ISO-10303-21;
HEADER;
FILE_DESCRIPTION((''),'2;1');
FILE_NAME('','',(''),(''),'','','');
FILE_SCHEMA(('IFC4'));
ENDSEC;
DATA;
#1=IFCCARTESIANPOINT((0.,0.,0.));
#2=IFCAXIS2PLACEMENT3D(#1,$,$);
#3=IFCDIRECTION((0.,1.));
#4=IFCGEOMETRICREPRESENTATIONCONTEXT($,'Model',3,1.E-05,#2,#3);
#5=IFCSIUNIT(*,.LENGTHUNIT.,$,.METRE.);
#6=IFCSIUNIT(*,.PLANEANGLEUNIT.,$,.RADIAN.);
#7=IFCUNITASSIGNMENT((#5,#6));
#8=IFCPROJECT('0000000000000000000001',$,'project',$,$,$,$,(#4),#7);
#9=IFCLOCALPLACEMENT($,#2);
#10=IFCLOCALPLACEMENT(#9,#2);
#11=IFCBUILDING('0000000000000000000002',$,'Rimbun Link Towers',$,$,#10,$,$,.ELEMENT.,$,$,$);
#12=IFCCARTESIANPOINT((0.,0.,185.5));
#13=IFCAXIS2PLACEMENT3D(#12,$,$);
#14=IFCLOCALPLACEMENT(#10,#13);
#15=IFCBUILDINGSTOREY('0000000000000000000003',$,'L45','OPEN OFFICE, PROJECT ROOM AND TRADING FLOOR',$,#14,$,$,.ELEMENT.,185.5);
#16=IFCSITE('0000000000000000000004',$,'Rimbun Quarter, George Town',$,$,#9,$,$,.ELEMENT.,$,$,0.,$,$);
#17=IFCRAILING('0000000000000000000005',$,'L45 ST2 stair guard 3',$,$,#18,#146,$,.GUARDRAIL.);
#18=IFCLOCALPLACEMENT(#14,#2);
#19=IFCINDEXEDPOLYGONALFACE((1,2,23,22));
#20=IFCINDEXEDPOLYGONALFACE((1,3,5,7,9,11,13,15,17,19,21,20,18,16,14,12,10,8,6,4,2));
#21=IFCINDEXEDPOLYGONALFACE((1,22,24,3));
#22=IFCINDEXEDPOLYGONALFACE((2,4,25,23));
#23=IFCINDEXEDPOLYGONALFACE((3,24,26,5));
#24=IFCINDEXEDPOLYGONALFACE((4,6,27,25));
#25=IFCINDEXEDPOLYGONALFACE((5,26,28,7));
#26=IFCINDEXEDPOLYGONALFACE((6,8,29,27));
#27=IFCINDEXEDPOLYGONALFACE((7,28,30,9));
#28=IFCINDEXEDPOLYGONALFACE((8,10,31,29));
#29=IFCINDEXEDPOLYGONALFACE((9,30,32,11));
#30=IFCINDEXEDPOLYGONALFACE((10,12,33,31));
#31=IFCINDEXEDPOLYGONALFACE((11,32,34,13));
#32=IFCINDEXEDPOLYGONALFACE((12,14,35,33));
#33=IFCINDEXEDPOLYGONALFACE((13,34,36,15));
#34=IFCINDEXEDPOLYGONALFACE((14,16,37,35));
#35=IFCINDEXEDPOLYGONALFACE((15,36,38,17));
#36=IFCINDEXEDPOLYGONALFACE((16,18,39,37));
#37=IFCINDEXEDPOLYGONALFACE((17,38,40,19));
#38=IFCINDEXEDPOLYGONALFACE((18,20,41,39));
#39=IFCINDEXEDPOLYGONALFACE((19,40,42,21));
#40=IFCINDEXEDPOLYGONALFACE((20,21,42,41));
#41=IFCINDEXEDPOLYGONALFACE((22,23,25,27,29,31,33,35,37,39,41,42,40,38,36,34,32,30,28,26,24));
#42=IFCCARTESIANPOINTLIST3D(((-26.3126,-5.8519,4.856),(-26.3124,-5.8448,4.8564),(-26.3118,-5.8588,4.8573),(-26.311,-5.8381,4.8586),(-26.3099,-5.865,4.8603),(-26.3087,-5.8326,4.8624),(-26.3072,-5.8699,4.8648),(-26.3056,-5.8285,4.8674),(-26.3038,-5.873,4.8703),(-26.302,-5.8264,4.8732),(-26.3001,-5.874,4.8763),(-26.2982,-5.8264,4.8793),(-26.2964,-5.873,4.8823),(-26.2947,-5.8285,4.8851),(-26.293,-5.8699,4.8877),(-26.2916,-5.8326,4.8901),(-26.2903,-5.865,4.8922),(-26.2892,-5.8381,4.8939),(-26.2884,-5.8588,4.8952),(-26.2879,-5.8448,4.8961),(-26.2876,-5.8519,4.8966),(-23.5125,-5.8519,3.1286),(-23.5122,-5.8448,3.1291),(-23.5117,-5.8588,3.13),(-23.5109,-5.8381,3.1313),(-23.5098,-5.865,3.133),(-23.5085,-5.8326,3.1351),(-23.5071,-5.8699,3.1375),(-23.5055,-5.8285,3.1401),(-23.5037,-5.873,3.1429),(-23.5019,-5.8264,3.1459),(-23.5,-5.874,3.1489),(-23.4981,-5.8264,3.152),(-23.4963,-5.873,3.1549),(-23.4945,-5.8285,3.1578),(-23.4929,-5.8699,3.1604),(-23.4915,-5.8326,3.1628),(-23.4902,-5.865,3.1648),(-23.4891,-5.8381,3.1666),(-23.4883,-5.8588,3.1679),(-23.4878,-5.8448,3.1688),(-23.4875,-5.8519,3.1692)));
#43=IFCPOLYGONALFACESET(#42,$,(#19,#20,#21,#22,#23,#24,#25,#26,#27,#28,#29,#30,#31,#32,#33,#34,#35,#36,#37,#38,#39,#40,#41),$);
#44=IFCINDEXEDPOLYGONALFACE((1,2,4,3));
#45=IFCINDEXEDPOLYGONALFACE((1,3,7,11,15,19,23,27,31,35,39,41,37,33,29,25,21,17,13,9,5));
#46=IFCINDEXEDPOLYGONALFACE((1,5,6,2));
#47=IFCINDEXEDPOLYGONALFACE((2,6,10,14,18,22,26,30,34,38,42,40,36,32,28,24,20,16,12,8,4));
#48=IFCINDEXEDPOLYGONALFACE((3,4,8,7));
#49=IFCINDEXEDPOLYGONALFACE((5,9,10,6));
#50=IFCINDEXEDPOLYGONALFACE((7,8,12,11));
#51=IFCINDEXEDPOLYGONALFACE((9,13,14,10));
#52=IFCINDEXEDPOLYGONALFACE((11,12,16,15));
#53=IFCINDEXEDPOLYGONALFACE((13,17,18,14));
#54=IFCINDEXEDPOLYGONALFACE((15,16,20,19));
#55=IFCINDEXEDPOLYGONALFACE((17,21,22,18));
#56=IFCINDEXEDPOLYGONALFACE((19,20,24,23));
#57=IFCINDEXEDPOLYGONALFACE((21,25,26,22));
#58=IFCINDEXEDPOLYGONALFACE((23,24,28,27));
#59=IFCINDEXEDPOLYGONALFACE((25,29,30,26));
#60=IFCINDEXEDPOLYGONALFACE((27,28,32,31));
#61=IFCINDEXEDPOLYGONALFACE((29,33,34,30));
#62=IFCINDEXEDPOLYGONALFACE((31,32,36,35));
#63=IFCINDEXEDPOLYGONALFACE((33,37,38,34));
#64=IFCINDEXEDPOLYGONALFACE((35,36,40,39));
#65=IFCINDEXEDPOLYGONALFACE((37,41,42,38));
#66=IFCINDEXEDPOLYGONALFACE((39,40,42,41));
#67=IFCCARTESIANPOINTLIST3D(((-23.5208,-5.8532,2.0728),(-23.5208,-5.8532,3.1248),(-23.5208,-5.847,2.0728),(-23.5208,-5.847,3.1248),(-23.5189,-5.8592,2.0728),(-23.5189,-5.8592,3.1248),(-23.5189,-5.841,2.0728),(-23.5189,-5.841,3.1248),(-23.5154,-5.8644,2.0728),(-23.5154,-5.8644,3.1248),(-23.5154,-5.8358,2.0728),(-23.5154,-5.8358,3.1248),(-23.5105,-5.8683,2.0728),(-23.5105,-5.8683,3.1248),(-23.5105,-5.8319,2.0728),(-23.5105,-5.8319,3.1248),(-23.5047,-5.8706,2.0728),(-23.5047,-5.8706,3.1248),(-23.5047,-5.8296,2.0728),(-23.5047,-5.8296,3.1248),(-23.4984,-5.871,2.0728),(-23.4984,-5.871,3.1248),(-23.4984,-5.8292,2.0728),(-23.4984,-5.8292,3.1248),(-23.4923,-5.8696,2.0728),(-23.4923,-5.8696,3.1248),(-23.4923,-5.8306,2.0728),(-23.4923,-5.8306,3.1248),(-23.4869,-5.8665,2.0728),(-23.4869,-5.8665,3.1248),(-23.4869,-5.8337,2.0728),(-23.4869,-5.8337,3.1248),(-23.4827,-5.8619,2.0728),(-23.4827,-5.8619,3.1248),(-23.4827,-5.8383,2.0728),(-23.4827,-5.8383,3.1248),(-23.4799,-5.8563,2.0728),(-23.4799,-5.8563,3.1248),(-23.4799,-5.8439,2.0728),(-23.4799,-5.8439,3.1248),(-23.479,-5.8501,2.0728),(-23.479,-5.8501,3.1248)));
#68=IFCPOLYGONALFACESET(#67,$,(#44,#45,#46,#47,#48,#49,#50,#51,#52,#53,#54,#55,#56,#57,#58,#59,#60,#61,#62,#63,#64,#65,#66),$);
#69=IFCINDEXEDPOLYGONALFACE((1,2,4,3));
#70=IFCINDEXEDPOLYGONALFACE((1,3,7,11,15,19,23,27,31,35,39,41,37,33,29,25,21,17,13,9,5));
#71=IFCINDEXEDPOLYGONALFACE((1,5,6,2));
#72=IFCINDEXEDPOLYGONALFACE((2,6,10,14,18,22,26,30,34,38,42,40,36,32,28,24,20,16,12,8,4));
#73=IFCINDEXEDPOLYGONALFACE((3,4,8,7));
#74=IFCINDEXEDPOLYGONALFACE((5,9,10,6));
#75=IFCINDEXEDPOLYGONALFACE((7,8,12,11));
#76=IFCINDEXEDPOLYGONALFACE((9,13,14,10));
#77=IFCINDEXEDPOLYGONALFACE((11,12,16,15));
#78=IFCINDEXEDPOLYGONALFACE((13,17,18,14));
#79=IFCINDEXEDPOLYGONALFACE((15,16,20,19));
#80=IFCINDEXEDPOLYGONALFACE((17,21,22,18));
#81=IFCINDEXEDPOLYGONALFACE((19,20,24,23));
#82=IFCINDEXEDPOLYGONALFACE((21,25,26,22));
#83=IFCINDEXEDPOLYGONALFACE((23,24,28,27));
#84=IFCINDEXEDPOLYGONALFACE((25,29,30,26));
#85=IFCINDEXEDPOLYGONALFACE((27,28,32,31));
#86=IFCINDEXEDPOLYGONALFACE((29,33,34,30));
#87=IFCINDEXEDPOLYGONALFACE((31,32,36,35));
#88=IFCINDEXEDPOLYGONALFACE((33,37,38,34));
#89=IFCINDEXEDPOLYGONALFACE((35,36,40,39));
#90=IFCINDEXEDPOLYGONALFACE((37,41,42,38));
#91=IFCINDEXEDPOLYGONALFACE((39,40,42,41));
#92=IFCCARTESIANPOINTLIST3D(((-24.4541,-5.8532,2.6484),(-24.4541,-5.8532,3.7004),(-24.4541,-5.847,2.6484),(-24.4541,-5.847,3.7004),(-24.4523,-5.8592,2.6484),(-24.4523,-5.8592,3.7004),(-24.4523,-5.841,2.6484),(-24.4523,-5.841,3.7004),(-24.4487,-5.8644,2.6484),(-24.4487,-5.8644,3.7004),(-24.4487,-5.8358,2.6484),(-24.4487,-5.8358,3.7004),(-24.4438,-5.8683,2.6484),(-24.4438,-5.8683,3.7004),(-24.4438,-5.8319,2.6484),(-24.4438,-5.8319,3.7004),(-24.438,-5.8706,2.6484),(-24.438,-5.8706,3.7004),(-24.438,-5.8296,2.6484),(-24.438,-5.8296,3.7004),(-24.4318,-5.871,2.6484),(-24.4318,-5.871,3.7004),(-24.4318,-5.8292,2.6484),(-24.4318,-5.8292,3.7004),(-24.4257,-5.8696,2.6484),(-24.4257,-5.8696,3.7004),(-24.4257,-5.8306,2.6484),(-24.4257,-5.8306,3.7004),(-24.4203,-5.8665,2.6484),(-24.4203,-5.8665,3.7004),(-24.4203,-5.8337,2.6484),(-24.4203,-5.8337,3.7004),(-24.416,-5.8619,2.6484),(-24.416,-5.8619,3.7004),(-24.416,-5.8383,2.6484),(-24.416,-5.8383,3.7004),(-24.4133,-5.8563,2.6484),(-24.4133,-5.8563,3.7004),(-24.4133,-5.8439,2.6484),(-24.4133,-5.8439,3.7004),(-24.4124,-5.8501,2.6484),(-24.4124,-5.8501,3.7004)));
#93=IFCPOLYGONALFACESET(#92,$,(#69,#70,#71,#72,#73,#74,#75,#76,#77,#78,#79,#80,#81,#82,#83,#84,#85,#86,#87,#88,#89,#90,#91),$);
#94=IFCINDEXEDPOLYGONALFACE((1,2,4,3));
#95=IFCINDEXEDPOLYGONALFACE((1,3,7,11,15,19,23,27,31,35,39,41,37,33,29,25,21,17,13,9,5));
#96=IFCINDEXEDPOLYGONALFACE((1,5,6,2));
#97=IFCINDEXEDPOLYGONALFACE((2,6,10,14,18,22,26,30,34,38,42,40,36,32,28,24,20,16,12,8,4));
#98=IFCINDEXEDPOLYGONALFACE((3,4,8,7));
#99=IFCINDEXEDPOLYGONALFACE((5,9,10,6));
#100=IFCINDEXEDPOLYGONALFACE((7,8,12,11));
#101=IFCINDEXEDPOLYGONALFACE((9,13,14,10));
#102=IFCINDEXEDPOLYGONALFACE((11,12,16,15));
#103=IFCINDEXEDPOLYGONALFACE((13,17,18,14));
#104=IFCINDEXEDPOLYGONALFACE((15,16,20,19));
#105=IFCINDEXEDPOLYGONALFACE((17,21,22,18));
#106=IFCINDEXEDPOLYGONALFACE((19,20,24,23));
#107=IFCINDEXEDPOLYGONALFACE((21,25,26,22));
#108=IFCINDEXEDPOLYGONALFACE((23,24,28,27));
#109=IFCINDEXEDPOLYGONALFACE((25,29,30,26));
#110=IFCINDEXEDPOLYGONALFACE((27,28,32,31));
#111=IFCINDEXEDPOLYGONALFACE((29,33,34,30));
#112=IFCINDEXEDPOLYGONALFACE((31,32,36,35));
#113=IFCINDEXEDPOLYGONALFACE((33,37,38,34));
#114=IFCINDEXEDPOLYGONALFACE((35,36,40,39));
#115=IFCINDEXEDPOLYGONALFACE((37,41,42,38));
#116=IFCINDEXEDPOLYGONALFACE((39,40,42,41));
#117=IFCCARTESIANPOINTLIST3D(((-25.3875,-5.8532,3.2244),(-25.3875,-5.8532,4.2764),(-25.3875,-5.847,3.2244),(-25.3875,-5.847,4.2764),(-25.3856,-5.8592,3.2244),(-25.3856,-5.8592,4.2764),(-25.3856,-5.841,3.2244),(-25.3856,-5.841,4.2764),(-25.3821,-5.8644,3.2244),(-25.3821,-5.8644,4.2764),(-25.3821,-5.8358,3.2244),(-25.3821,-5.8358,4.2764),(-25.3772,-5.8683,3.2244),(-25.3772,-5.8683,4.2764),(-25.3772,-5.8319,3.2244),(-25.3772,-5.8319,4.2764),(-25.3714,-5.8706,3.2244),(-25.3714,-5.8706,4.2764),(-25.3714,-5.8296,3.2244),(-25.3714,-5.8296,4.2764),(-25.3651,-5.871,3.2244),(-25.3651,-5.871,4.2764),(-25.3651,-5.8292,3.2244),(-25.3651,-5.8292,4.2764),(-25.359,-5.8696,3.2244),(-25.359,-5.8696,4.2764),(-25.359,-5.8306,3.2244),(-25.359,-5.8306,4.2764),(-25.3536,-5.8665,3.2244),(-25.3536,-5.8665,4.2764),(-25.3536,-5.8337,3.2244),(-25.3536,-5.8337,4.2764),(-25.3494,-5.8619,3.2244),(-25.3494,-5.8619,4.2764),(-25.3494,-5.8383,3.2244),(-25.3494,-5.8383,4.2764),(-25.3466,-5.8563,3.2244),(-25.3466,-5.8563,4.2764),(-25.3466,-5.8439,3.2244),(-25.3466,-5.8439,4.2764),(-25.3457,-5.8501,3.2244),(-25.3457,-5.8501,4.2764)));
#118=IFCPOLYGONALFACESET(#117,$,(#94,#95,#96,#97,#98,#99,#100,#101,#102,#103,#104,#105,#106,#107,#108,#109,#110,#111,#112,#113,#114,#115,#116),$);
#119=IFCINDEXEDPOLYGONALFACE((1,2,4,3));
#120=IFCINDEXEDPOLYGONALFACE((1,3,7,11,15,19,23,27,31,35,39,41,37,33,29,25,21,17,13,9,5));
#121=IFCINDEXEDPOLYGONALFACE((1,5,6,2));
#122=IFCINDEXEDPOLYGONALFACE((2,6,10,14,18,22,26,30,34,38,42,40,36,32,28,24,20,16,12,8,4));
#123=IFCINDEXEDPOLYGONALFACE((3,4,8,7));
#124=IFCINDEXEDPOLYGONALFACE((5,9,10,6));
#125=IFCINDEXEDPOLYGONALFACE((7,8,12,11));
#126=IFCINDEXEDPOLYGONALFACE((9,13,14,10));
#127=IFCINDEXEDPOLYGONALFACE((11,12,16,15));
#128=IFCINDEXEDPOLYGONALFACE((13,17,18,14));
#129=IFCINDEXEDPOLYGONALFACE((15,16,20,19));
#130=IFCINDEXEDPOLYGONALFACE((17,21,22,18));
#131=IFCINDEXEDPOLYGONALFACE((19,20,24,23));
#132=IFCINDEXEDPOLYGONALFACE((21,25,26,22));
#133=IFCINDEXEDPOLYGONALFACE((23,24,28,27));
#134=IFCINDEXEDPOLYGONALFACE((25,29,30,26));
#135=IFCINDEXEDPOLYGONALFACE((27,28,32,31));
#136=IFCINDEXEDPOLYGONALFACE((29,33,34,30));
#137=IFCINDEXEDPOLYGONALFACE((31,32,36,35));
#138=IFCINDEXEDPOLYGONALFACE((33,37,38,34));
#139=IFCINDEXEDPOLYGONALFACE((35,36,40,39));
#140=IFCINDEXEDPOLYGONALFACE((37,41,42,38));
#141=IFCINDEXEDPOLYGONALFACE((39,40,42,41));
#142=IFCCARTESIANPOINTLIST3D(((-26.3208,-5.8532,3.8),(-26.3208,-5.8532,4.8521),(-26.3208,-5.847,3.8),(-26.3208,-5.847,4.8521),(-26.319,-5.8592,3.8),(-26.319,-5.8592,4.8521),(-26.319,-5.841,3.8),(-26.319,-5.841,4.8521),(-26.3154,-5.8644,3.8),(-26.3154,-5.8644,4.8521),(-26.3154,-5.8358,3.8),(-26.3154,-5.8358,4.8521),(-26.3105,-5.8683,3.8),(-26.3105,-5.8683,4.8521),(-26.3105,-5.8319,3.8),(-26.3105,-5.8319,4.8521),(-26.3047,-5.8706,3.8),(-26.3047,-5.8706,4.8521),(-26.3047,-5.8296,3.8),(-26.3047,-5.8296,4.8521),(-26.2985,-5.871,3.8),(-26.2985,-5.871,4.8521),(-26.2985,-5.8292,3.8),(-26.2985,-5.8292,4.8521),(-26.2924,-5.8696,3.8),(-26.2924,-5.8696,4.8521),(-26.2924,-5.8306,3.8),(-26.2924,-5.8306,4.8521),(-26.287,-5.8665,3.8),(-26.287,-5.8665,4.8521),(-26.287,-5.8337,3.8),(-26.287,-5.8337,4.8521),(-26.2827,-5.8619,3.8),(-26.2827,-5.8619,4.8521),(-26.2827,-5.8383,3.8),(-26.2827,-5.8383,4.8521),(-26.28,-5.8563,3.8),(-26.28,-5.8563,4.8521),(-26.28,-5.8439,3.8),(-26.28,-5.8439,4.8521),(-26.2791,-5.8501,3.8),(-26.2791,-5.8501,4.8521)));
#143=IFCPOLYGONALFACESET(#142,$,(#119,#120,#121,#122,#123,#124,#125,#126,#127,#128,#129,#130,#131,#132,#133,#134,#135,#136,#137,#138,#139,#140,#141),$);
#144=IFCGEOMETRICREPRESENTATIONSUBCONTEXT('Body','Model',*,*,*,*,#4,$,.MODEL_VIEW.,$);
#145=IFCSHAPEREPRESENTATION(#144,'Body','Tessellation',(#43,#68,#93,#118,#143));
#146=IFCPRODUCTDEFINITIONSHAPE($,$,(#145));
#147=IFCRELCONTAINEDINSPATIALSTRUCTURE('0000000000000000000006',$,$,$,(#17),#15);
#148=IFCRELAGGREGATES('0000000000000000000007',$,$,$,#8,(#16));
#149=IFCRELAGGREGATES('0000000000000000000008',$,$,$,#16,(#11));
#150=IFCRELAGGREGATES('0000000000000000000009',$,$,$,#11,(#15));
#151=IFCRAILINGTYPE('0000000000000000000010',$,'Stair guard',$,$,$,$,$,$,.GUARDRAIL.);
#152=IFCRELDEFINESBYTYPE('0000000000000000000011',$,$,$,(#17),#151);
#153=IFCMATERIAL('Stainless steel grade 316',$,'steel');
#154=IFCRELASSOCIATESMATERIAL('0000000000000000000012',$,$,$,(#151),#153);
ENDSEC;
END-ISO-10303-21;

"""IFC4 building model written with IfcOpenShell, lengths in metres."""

from ifc_helpers import new_model, si_unit, direction, frame, origin, origin_2d, place, context, subcontext, project, spatial, circle, extrude, material, type_object, element, save


model = new_model("IFC4")

# Units and contexts
model_context = context("Model", 3, precision=1e-05, world=origin(), true_north=direction((0.0, 1.0)))
body_context = subcontext(model_context, "Body", "Model", "MODEL_VIEW")
ifc_project = project(units=[si_unit("LENGTHUNIT", "METRE"), si_unit("PLANEANGLEUNIT", "RADIAN")], contexts=[model_context])

# Site, building, storey
site_placement = place(None, origin())
site = spatial("IfcSite", under=ifc_project, at=site_placement, Name="Rimbun Quarter, George Town", CompositionType="ELEMENT", RefElevation=0.0)
building_placement = place(site_placement, origin())
building = spatial("IfcBuilding", under=site, at=building_placement, Name="Rimbun Link Towers", CompositionType="ELEMENT")
storey_placement = place(building_placement, frame((0.0, 0.0, 185.5)))
storey = spatial("IfcBuildingStorey", under=building, at=storey_placement, Name="L45", Description="OPEN OFFICE, PROJECT ROOM AND TRADING FLOOR", CompositionType="ELEMENT", Elevation=185.5)

# Railing
ifc_material_1 = material(Name="Stainless steel grade 316", Category="steel")
railing_type_1 = type_object("IfcRailingType", Name="Stair guard", PredefinedType="GUARDRAIL", material=ifc_material_1)
railing_1_placement = place(storey_placement, frame((-23.5, -5.8501, 2.0728)))
element("IfcRailing", 1, at=railing_1_placement, inside=storey, type_object=railing_type_1, Name="L45 ST2 stair guard 3", PredefinedType="GUARDRAIL", context=body_context, shape_type="SweptSolid", body=[
    extrude(circle(Radius=0.0239, at=origin_2d()), frame((0.0, 0.0, 1.0762), z_axis=(-0.85109, 0.0, 0.52502), x_axis=(0.0, -1.0, 0.0)), (0.0, 0.0, 1.0), 3.29),
    extrude(circle(Radius=0.021, at=origin_2d()), origin(), (0.0, 0.0, 1.0), 1.052),
    extrude(circle(Radius=0.021, at=origin_2d()), frame((-0.9333, 0.0, 0.5757)), (0.0, 0.0, 1.0), 1.052),
    extrude(circle(Radius=0.021, at=origin_2d()), frame((-1.8667, 0.0, 1.1516)), (0.0, 0.0, 1.0), 1.052),
    extrude(circle(Radius=0.021, at=origin_2d()), frame((-2.8, 0.0, 1.7273)), (0.0, 0.0, 1.0), 1.052),
])

save(model, "model.ifc")
